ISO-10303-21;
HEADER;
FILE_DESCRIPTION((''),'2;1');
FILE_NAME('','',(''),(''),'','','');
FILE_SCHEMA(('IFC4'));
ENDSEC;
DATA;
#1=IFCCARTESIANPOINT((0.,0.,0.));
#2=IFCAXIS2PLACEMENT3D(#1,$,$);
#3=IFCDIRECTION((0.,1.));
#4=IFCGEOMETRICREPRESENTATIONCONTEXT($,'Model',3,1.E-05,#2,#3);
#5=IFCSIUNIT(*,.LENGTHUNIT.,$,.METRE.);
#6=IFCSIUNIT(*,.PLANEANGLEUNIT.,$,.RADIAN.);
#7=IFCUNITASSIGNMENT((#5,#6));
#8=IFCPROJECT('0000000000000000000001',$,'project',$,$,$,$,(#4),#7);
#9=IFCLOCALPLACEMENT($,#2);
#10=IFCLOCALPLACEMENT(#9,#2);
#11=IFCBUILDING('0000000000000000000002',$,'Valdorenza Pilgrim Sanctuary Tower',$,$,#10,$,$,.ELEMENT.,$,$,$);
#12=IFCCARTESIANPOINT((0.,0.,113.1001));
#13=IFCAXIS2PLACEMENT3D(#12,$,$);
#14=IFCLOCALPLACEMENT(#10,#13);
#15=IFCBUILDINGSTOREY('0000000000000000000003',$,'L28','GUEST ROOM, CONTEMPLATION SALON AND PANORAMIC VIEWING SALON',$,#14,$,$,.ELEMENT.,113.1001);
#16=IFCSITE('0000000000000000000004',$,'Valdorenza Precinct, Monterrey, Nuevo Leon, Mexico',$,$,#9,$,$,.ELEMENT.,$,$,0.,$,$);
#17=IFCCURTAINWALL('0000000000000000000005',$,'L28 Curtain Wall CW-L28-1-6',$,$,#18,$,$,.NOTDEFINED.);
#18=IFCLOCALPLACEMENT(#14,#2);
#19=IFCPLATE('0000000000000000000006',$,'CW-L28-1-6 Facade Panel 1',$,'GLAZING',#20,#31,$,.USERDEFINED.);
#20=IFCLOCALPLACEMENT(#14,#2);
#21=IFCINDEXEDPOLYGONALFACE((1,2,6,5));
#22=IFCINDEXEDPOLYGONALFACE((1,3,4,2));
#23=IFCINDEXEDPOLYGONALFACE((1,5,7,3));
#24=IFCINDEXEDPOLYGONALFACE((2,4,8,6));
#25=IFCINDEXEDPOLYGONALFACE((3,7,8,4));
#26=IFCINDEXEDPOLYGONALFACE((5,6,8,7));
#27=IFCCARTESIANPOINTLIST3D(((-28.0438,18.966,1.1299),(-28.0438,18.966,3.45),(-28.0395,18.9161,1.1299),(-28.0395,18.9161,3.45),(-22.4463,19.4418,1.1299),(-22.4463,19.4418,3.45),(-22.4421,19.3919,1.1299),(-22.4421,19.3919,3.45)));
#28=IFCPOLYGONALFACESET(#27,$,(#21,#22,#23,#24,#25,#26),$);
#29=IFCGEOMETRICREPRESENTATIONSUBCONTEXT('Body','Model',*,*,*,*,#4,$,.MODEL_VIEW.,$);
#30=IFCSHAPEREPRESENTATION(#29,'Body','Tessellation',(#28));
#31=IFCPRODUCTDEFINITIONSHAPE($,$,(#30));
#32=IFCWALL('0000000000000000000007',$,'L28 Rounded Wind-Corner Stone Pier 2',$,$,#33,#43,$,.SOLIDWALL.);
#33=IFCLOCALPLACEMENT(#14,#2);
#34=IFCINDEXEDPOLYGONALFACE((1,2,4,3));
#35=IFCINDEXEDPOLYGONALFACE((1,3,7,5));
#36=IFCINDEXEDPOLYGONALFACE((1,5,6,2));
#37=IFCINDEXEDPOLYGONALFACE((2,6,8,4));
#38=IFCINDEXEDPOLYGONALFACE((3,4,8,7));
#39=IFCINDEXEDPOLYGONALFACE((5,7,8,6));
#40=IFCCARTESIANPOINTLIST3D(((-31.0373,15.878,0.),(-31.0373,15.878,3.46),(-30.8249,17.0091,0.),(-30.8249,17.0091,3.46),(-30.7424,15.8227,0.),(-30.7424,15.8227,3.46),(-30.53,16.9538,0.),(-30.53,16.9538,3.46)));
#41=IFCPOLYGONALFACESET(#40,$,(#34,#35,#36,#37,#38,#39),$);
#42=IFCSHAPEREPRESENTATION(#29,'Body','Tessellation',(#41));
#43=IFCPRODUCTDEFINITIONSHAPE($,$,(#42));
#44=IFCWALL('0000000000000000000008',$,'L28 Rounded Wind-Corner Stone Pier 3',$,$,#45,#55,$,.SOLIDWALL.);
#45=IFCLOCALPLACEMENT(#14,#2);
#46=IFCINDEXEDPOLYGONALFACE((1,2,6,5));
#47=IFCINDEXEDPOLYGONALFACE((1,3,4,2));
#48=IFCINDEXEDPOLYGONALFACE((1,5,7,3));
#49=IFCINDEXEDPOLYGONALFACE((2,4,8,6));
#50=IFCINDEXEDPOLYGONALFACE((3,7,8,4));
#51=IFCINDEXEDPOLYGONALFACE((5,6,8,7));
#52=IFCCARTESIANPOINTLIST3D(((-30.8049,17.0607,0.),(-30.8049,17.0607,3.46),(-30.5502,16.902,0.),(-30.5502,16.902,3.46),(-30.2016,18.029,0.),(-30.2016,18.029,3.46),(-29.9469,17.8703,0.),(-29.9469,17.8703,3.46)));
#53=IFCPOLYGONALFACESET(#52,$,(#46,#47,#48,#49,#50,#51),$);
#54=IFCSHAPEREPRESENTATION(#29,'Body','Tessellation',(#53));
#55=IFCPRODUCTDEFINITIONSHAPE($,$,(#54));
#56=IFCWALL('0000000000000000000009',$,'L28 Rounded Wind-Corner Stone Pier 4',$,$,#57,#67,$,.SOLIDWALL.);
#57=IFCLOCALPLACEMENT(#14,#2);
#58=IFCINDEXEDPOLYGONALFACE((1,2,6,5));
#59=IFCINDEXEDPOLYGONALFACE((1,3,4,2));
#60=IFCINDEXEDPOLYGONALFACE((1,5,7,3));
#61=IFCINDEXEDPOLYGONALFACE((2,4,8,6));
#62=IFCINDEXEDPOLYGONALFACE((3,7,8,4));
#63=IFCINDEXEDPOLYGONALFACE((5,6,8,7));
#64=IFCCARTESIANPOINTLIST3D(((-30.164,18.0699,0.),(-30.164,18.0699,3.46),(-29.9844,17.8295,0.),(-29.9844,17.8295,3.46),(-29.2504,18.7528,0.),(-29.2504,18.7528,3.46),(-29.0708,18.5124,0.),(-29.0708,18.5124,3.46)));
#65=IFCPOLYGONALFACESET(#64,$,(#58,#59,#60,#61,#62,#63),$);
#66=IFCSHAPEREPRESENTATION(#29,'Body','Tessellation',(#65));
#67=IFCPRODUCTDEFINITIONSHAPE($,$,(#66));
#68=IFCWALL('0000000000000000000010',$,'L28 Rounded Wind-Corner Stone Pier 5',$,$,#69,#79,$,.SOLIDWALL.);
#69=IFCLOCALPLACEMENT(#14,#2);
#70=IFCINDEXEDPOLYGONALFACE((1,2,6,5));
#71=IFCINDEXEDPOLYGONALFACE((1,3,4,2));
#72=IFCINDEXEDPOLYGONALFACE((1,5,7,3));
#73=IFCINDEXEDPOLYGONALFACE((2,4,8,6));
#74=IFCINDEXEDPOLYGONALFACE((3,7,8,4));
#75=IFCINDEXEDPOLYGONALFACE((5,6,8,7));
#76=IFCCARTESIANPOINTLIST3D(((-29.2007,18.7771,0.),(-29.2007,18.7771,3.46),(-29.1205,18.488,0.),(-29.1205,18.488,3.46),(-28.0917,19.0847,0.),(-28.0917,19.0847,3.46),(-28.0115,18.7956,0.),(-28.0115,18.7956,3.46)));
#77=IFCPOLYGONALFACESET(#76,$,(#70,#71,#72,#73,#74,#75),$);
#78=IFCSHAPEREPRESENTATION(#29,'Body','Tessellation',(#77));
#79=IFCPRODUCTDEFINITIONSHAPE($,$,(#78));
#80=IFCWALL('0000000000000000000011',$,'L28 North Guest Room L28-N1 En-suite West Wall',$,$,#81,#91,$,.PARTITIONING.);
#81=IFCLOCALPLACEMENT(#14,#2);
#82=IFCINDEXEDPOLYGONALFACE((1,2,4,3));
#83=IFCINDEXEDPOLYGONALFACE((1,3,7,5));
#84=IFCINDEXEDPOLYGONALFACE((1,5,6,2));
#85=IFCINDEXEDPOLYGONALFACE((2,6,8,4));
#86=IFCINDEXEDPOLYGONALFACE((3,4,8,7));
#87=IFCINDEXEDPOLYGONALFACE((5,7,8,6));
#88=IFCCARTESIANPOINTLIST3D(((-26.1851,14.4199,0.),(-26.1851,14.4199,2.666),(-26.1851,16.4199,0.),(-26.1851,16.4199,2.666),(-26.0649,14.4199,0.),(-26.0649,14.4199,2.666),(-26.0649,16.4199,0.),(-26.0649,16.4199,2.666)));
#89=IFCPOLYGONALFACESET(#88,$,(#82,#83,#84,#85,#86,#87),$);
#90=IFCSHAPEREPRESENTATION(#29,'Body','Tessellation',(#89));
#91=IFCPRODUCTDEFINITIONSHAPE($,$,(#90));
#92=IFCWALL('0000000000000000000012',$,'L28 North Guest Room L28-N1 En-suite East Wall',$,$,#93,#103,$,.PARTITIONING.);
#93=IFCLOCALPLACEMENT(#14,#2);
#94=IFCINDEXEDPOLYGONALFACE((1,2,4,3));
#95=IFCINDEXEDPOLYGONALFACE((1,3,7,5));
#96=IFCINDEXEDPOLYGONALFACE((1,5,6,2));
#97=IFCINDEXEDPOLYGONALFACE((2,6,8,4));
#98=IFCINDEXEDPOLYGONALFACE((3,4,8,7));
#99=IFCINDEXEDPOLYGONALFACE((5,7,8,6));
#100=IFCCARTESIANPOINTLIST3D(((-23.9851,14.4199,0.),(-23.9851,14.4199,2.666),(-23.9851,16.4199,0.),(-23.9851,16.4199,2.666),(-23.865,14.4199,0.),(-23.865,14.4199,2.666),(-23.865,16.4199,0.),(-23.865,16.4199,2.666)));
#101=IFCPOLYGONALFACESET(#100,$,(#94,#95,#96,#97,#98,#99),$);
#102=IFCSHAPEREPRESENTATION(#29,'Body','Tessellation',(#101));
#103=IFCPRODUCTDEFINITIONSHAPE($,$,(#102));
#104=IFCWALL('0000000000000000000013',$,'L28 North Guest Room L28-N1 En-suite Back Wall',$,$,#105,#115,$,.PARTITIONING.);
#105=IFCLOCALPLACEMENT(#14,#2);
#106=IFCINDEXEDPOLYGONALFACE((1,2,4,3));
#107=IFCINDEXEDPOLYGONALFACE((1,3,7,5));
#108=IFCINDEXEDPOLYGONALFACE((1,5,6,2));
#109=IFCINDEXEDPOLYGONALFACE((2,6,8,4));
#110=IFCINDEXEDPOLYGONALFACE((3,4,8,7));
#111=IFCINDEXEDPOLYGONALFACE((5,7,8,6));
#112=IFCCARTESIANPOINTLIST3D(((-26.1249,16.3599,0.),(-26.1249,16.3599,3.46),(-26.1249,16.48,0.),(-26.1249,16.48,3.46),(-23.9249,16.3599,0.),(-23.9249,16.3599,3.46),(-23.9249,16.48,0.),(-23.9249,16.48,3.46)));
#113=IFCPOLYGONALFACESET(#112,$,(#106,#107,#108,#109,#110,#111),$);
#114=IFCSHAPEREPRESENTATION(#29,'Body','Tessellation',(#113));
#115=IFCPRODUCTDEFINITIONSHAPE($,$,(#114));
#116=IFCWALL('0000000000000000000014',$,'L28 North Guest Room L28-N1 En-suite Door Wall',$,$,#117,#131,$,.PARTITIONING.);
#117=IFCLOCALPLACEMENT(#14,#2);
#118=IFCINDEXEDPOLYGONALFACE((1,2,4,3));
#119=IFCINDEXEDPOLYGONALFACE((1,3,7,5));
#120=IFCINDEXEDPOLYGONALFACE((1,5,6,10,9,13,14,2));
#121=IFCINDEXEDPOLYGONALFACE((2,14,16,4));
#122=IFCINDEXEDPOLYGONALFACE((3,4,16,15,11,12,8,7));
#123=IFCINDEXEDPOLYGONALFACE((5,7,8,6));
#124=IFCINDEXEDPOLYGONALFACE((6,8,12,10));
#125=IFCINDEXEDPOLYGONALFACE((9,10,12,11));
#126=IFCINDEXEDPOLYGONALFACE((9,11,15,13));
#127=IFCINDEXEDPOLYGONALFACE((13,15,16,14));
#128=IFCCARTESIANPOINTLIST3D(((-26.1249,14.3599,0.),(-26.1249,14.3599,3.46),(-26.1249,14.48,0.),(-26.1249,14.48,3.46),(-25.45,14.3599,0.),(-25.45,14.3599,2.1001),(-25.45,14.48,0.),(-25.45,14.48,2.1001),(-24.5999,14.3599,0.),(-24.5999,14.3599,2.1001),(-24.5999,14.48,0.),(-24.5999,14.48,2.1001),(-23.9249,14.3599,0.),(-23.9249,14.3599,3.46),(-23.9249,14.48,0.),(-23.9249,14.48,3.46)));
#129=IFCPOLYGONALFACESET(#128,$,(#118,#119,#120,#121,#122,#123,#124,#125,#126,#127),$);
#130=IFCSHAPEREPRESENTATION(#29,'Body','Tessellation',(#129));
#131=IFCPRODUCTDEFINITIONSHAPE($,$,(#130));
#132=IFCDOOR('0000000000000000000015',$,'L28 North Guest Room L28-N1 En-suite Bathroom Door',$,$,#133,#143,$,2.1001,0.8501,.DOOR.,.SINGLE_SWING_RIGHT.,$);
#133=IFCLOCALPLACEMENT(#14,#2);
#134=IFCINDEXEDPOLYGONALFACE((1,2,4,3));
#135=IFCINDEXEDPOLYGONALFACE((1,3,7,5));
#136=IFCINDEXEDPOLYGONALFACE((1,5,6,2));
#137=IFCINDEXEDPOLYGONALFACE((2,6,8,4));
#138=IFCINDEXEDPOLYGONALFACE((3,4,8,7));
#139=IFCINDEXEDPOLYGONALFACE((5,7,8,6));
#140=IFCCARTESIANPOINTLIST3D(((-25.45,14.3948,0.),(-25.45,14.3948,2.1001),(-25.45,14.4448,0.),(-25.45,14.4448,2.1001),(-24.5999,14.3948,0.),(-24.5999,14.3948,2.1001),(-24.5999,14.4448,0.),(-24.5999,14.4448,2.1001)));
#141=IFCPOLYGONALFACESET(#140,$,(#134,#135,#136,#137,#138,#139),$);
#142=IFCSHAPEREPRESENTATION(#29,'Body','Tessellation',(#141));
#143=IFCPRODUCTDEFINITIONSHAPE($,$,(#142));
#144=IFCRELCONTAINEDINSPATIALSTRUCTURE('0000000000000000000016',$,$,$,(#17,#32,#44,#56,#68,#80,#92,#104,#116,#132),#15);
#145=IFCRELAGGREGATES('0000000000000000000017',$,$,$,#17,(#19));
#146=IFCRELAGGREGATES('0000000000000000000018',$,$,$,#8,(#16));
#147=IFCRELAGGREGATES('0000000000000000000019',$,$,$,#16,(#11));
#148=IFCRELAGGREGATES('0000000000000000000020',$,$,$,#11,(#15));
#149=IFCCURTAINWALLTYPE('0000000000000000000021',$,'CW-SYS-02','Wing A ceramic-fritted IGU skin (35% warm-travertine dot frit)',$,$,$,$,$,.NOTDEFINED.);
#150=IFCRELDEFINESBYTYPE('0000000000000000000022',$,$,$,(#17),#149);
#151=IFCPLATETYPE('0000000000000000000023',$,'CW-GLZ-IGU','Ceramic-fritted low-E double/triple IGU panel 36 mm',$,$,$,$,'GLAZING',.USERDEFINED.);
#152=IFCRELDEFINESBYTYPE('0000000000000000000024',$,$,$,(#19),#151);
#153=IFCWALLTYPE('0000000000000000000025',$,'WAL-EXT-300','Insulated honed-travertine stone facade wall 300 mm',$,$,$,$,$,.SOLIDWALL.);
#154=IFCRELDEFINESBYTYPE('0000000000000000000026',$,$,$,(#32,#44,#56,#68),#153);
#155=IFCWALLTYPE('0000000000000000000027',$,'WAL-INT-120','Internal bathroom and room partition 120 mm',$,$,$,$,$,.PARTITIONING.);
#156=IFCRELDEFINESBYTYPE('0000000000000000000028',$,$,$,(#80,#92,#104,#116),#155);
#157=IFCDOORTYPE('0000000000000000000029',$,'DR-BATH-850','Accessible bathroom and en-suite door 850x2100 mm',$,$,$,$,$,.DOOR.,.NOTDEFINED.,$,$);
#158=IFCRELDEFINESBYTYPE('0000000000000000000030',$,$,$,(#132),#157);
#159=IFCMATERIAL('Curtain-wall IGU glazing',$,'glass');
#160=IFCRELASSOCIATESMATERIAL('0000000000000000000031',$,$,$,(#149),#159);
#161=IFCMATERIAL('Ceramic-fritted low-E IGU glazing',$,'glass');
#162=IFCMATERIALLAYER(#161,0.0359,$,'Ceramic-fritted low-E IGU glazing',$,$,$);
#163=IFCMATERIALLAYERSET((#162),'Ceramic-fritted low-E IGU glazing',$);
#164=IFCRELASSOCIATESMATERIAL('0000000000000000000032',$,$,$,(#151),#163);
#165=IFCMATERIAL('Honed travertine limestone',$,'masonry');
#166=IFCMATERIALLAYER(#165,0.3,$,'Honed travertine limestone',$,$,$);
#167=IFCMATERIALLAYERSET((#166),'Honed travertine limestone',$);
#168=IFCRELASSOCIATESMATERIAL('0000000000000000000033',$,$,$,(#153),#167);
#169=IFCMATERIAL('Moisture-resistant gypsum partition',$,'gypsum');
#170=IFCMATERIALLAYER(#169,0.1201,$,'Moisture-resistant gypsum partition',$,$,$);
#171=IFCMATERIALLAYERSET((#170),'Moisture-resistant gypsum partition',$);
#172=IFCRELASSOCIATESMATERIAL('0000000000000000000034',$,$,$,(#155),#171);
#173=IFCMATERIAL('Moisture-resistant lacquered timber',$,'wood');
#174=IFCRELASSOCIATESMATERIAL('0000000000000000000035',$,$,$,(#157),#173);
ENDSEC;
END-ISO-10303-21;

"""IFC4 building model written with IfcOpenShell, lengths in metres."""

from ifc_helpers import new_model, si_unit, direction, frame, frame_2d, origin, origin_2d, place, context, subcontext, project, spatial, rectangle, extrude, source, transform, mapped, material, layer, layer_set, type_object, element, fill, aggregate, save


model = new_model("IFC4")

# Units and contexts
model_context = context("Model", 3, precision=1e-05, world=origin(), true_north=direction((0.0, 1.0)))
body_context = subcontext(model_context, "Body", "Model", "MODEL_VIEW")
ifc_project = project(units=[si_unit("LENGTHUNIT", "METRE"), si_unit("PLANEANGLEUNIT", "RADIAN")], contexts=[model_context])

# Site, building, storey
site_placement = place(None, origin())
site = spatial("IfcSite", under=ifc_project, at=site_placement, Name="Valdorenza Precinct, Monterrey, Nuevo Leon, Mexico", CompositionType="ELEMENT", RefElevation=0.0)
building_placement = place(site_placement, origin())
building = spatial("IfcBuilding", under=site, at=building_placement, Name="Valdorenza Pilgrim Sanctuary Tower", CompositionType="ELEMENT")
storey_placement = place(building_placement, frame((0.0, 0.0, 113.1001)))
storey = spatial("IfcBuildingStorey", under=building, at=storey_placement, Name="L28", Description="GUEST ROOM, CONTEMPLATION SALON AND PANORAMIC VIEWING SALON", CompositionType="ELEMENT", Elevation=113.1001)

# Shared definitions
ifc_material_1 = material(Name="Curtain-wall IGU glazing", Category="glass")
curtain_wall_type = type_object("IfcCurtainWallType", Name="CW-SYS-02", Description="Wing A ceramic-fritted IGU skin (35% warm-travertine dot frit)", PredefinedType="NOTDEFINED", material=ifc_material_1)

# Curtain wall, plate
curtain_wall_1_placement = place(storey_placement, origin())
curtain_wall_1 = element("IfcCurtainWall", 1, at=curtain_wall_1_placement, inside=storey, type_object=curtain_wall_type, Name="L28 Curtain Wall CW-L28-1-6", PredefinedType="NOTDEFINED")
ifc_material_2 = material(Name="Honed travertine limestone", Category="masonry")
ifc_material_3 = material(Name="Ceramic-fritted low-E IGU glazing", Category="glass")
ifc_layer_1 = layer(ifc_material_3, 0.0359, Name="Ceramic-fritted low-E IGU glazing")
ifc_layer_set_1 = layer_set([ifc_layer_1], Name="Ceramic-fritted low-E IGU glazing")
plate_type_1 = type_object("IfcPlateType", Name="CW-GLZ-IGU", Description="Ceramic-fritted low-E double/triple IGU panel 36 mm", ElementType="GLAZING", PredefinedType="USERDEFINED", material=ifc_layer_set_1)
shared_shape_1 = source(origin(), body_context, "Body", "SweptSolid", [
    extrude(rectangle(XDim=5.6177, YDim=0.05, at=origin_2d()), origin(), (0.0, 0.0, 1.0), 2.3201),
])
plate_1_placement = place(storey_placement, frame((-25.2429, 19.179, 1.1299), z_axis=(0.0, 0.0, 1.0), x_axis=(0.996408, 0.084687, 0.0)))
plate_1 = element("IfcPlate", 2, at=plate_1_placement, type_object=plate_type_1, Name="CW-L28-1-6 Facade Panel 1", ObjectType="GLAZING", PredefinedType="USERDEFINED", context=body_context, shape_type="MappedRepresentation", body=[
    mapped(shared_shape_1, transform((0.0, 0.0, 0.0), x_axis=(1.0, 0.0, 0.0), y_axis=(0.0, 1.0, 0.0), z_axis=(0.0, 0.0, 1.0), scale=1.0)),
])
aggregate(curtain_wall_1, [plate_1])

# Walls
ifc_layer_2 = layer(ifc_material_2, 0.3, Name="Honed travertine limestone")
ifc_layer_set_2 = layer_set([ifc_layer_2], Name="Honed travertine limestone")
wall_type_1 = type_object("IfcWallType", Name="WAL-EXT-300", Description="Insulated honed-travertine stone facade wall 300 mm", PredefinedType="SOLIDWALL", material=ifc_layer_set_2)
wall_1_placement = place(storey_placement, frame((-30.8899, 15.8503, 0.0), z_axis=(0.0, 0.0, 1.0), x_axis=(0.184557, 0.982822, 0.0)))
element("IfcWall", 3, at=wall_1_placement, inside=storey, type_object=wall_type_1, Name="L28 Rounded Wind-Corner Stone Pier 2", PredefinedType="SOLIDWALL", context=body_context, shape_type="SweptSolid", body=[
    extrude(rectangle(XDim=1.1509, YDim=0.3, at=frame_2d((0.5754, 0.0))), origin(), (0.0, 0.0, 1.0), 3.46),
])
wall_2_placement = place(storey_placement, frame((-30.6775, 16.9814, 0.0), z_axis=(0.0, 0.0, 1.0), x_axis=(0.528806, 0.848743, 0.0)))
element("IfcWall", 4, at=wall_2_placement, inside=storey, type_object=wall_type_1, Name="L28 Rounded Wind-Corner Stone Pier 3", PredefinedType="SOLIDWALL", context=body_context, shape_type="SweptSolid", body=[
    extrude(rectangle(XDim=1.1409, YDim=0.3, at=frame_2d((0.5703, 0.0))), origin(), (0.0, 0.0, 1.0), 3.46),
])
wall_3_placement = place(storey_placement, frame((-30.0742, 17.9497, 0.0), z_axis=(0.0, 0.0, 1.0), x_axis=(0.800975, 0.598698, 0.0)))
element("IfcWall", 5, at=wall_3_placement, inside=storey, type_object=wall_type_1, Name="L28 Rounded Wind-Corner Stone Pier 4", PredefinedType="SOLIDWALL", context=body_context, shape_type="SweptSolid", body=[
    extrude(rectangle(XDim=1.1406, YDim=0.3, at=frame_2d((0.5703, 0.0))), origin(), (0.0, 0.0, 1.0), 3.46),
])
wall_4_placement = place(storey_placement, frame((-29.1606, 18.6326, 0.0), z_axis=(0.0, 0.0, 1.0), x_axis=(0.963624, 0.267261, 0.0)))
element("IfcWall", 6, at=wall_4_placement, inside=storey, type_object=wall_type_1, Name="L28 Rounded Wind-Corner Stone Pier 5", PredefinedType="SOLIDWALL", context=body_context, shape_type="SweptSolid", body=[
    extrude(rectangle(XDim=1.1509, YDim=0.3, at=frame_2d((0.5754, 0.0))), origin(), (0.0, 0.0, 1.0), 3.46),
])
ifc_material_4 = material(Name="Moisture-resistant gypsum partition", Category="gypsum")
ifc_layer_3 = layer(ifc_material_4, 0.1201, Name="Moisture-resistant gypsum partition")
ifc_layer_set_3 = layer_set([ifc_layer_3], Name="Moisture-resistant gypsum partition")
wall_type_2 = type_object("IfcWallType", Name="WAL-INT-120", Description="Internal bathroom and room partition 120 mm", PredefinedType="PARTITIONING", material=ifc_layer_set_3)
for number, where, z_axis, x_axis, name in (
    (7, (-26.125, 14.4199, 0.0), (0.0, 0.0, 1.0), (0.0, 1.0, 0.0), "L28 North Guest Room L28-N1 En-suite West Wall"),
    (8, (-23.925, 14.4199, 0.0), (0.0, 0.0, 1.0), (0.0, 1.0, 0.0), "L28 North Guest Room L28-N1 En-suite East Wall"),
):
    element("IfcWall", number, at=place(storey_placement, frame(where, z_axis=z_axis, x_axis=x_axis)), inside=storey, type_object=wall_type_2, Name=name, PredefinedType="PARTITIONING", context=body_context, shape_type="SweptSolid", body=[
        extrude(rectangle(XDim=2.0, YDim=0.1201, at=frame_2d((1.0, 0.0))), origin(), (0.0, 0.0, 1.0), 2.666),
    ])
wall_5_placement = place(storey_placement, frame((-26.125, 16.4199, 0.0), z_axis=(0.0, 0.0, 1.0), x_axis=(1.0, 0.0, 0.0)))
element("IfcWall", 9, at=wall_5_placement, inside=storey, type_object=wall_type_2, Name="L28 North Guest Room L28-N1 En-suite Back Wall", PredefinedType="PARTITIONING", context=body_context, shape_type="SweptSolid", body=[
    extrude(rectangle(XDim=2.2, YDim=0.1201, at=frame_2d((1.1001, 0.0))), origin(), (0.0, 0.0, 1.0), 3.46),
])

# Wall, opening, door
wall_6_placement = place(storey_placement, frame((-26.125, 14.4199, 0.0), z_axis=(0.0, 0.0, 1.0), x_axis=(1.0, 0.0, 0.0)))
wall_6 = element("IfcWall", 10, at=wall_6_placement, inside=storey, type_object=wall_type_2, Name="L28 North Guest Room L28-N1 En-suite Door Wall", PredefinedType="PARTITIONING", context=body_context, shape_type="SweptSolid", body=[
    extrude(rectangle(XDim=2.2, YDim=0.1201, at=frame_2d((1.1001, 0.0))), origin(), (0.0, 0.0, 1.0), 3.46),
])
opening_placement = place(wall_6_placement, frame((0.675, 0.0, 0.0)))
opening = element("IfcOpeningElement", 11, at=opening_placement, cuts=wall_6, PredefinedType="OPENING", context=body_context, shape_type="SweptSolid", body=[
    extrude(rectangle(XDim=0.8501, YDim=2.1001, at=frame_2d((0.425, 1.05))), frame((0.0, 0.075, 0.0), z_axis=(0.0, -1.0, 0.0), x_axis=(1.0, 0.0, 0.0)), (0.0, 0.0, 1.0), 0.1499),
])
ifc_material_5 = material(Name="Moisture-resistant lacquered timber", Category="wood")
door_type = type_object("IfcDoorType", Name="DR-BATH-850", Description="Accessible bathroom and en-suite door 850x2100 mm", OperationType="NOTDEFINED", PredefinedType="DOOR", material=ifc_material_5)
door_placement = place(opening_placement, origin())
door = element("IfcDoor", 12, at=door_placement, inside=storey, type_object=door_type, Name="L28 North Guest Room L28-N1 En-suite Bathroom Door", OperationType="SINGLE_SWING_RIGHT", OverallHeight=2.1001, OverallWidth=0.8501, PredefinedType="DOOR", context=body_context, shape_type="SweptSolid", body=[
    extrude(rectangle(XDim=0.8501, YDim=2.1001, at=frame_2d((0.425, 1.05))), frame((0.0, 0.0249, 0.0), z_axis=(0.0, -1.0, 0.0), x_axis=(1.0, 0.0, 0.0)), (0.0, 0.0, 1.0), 0.05),
])
fill(opening, door)

save(model, "model.ifc")
